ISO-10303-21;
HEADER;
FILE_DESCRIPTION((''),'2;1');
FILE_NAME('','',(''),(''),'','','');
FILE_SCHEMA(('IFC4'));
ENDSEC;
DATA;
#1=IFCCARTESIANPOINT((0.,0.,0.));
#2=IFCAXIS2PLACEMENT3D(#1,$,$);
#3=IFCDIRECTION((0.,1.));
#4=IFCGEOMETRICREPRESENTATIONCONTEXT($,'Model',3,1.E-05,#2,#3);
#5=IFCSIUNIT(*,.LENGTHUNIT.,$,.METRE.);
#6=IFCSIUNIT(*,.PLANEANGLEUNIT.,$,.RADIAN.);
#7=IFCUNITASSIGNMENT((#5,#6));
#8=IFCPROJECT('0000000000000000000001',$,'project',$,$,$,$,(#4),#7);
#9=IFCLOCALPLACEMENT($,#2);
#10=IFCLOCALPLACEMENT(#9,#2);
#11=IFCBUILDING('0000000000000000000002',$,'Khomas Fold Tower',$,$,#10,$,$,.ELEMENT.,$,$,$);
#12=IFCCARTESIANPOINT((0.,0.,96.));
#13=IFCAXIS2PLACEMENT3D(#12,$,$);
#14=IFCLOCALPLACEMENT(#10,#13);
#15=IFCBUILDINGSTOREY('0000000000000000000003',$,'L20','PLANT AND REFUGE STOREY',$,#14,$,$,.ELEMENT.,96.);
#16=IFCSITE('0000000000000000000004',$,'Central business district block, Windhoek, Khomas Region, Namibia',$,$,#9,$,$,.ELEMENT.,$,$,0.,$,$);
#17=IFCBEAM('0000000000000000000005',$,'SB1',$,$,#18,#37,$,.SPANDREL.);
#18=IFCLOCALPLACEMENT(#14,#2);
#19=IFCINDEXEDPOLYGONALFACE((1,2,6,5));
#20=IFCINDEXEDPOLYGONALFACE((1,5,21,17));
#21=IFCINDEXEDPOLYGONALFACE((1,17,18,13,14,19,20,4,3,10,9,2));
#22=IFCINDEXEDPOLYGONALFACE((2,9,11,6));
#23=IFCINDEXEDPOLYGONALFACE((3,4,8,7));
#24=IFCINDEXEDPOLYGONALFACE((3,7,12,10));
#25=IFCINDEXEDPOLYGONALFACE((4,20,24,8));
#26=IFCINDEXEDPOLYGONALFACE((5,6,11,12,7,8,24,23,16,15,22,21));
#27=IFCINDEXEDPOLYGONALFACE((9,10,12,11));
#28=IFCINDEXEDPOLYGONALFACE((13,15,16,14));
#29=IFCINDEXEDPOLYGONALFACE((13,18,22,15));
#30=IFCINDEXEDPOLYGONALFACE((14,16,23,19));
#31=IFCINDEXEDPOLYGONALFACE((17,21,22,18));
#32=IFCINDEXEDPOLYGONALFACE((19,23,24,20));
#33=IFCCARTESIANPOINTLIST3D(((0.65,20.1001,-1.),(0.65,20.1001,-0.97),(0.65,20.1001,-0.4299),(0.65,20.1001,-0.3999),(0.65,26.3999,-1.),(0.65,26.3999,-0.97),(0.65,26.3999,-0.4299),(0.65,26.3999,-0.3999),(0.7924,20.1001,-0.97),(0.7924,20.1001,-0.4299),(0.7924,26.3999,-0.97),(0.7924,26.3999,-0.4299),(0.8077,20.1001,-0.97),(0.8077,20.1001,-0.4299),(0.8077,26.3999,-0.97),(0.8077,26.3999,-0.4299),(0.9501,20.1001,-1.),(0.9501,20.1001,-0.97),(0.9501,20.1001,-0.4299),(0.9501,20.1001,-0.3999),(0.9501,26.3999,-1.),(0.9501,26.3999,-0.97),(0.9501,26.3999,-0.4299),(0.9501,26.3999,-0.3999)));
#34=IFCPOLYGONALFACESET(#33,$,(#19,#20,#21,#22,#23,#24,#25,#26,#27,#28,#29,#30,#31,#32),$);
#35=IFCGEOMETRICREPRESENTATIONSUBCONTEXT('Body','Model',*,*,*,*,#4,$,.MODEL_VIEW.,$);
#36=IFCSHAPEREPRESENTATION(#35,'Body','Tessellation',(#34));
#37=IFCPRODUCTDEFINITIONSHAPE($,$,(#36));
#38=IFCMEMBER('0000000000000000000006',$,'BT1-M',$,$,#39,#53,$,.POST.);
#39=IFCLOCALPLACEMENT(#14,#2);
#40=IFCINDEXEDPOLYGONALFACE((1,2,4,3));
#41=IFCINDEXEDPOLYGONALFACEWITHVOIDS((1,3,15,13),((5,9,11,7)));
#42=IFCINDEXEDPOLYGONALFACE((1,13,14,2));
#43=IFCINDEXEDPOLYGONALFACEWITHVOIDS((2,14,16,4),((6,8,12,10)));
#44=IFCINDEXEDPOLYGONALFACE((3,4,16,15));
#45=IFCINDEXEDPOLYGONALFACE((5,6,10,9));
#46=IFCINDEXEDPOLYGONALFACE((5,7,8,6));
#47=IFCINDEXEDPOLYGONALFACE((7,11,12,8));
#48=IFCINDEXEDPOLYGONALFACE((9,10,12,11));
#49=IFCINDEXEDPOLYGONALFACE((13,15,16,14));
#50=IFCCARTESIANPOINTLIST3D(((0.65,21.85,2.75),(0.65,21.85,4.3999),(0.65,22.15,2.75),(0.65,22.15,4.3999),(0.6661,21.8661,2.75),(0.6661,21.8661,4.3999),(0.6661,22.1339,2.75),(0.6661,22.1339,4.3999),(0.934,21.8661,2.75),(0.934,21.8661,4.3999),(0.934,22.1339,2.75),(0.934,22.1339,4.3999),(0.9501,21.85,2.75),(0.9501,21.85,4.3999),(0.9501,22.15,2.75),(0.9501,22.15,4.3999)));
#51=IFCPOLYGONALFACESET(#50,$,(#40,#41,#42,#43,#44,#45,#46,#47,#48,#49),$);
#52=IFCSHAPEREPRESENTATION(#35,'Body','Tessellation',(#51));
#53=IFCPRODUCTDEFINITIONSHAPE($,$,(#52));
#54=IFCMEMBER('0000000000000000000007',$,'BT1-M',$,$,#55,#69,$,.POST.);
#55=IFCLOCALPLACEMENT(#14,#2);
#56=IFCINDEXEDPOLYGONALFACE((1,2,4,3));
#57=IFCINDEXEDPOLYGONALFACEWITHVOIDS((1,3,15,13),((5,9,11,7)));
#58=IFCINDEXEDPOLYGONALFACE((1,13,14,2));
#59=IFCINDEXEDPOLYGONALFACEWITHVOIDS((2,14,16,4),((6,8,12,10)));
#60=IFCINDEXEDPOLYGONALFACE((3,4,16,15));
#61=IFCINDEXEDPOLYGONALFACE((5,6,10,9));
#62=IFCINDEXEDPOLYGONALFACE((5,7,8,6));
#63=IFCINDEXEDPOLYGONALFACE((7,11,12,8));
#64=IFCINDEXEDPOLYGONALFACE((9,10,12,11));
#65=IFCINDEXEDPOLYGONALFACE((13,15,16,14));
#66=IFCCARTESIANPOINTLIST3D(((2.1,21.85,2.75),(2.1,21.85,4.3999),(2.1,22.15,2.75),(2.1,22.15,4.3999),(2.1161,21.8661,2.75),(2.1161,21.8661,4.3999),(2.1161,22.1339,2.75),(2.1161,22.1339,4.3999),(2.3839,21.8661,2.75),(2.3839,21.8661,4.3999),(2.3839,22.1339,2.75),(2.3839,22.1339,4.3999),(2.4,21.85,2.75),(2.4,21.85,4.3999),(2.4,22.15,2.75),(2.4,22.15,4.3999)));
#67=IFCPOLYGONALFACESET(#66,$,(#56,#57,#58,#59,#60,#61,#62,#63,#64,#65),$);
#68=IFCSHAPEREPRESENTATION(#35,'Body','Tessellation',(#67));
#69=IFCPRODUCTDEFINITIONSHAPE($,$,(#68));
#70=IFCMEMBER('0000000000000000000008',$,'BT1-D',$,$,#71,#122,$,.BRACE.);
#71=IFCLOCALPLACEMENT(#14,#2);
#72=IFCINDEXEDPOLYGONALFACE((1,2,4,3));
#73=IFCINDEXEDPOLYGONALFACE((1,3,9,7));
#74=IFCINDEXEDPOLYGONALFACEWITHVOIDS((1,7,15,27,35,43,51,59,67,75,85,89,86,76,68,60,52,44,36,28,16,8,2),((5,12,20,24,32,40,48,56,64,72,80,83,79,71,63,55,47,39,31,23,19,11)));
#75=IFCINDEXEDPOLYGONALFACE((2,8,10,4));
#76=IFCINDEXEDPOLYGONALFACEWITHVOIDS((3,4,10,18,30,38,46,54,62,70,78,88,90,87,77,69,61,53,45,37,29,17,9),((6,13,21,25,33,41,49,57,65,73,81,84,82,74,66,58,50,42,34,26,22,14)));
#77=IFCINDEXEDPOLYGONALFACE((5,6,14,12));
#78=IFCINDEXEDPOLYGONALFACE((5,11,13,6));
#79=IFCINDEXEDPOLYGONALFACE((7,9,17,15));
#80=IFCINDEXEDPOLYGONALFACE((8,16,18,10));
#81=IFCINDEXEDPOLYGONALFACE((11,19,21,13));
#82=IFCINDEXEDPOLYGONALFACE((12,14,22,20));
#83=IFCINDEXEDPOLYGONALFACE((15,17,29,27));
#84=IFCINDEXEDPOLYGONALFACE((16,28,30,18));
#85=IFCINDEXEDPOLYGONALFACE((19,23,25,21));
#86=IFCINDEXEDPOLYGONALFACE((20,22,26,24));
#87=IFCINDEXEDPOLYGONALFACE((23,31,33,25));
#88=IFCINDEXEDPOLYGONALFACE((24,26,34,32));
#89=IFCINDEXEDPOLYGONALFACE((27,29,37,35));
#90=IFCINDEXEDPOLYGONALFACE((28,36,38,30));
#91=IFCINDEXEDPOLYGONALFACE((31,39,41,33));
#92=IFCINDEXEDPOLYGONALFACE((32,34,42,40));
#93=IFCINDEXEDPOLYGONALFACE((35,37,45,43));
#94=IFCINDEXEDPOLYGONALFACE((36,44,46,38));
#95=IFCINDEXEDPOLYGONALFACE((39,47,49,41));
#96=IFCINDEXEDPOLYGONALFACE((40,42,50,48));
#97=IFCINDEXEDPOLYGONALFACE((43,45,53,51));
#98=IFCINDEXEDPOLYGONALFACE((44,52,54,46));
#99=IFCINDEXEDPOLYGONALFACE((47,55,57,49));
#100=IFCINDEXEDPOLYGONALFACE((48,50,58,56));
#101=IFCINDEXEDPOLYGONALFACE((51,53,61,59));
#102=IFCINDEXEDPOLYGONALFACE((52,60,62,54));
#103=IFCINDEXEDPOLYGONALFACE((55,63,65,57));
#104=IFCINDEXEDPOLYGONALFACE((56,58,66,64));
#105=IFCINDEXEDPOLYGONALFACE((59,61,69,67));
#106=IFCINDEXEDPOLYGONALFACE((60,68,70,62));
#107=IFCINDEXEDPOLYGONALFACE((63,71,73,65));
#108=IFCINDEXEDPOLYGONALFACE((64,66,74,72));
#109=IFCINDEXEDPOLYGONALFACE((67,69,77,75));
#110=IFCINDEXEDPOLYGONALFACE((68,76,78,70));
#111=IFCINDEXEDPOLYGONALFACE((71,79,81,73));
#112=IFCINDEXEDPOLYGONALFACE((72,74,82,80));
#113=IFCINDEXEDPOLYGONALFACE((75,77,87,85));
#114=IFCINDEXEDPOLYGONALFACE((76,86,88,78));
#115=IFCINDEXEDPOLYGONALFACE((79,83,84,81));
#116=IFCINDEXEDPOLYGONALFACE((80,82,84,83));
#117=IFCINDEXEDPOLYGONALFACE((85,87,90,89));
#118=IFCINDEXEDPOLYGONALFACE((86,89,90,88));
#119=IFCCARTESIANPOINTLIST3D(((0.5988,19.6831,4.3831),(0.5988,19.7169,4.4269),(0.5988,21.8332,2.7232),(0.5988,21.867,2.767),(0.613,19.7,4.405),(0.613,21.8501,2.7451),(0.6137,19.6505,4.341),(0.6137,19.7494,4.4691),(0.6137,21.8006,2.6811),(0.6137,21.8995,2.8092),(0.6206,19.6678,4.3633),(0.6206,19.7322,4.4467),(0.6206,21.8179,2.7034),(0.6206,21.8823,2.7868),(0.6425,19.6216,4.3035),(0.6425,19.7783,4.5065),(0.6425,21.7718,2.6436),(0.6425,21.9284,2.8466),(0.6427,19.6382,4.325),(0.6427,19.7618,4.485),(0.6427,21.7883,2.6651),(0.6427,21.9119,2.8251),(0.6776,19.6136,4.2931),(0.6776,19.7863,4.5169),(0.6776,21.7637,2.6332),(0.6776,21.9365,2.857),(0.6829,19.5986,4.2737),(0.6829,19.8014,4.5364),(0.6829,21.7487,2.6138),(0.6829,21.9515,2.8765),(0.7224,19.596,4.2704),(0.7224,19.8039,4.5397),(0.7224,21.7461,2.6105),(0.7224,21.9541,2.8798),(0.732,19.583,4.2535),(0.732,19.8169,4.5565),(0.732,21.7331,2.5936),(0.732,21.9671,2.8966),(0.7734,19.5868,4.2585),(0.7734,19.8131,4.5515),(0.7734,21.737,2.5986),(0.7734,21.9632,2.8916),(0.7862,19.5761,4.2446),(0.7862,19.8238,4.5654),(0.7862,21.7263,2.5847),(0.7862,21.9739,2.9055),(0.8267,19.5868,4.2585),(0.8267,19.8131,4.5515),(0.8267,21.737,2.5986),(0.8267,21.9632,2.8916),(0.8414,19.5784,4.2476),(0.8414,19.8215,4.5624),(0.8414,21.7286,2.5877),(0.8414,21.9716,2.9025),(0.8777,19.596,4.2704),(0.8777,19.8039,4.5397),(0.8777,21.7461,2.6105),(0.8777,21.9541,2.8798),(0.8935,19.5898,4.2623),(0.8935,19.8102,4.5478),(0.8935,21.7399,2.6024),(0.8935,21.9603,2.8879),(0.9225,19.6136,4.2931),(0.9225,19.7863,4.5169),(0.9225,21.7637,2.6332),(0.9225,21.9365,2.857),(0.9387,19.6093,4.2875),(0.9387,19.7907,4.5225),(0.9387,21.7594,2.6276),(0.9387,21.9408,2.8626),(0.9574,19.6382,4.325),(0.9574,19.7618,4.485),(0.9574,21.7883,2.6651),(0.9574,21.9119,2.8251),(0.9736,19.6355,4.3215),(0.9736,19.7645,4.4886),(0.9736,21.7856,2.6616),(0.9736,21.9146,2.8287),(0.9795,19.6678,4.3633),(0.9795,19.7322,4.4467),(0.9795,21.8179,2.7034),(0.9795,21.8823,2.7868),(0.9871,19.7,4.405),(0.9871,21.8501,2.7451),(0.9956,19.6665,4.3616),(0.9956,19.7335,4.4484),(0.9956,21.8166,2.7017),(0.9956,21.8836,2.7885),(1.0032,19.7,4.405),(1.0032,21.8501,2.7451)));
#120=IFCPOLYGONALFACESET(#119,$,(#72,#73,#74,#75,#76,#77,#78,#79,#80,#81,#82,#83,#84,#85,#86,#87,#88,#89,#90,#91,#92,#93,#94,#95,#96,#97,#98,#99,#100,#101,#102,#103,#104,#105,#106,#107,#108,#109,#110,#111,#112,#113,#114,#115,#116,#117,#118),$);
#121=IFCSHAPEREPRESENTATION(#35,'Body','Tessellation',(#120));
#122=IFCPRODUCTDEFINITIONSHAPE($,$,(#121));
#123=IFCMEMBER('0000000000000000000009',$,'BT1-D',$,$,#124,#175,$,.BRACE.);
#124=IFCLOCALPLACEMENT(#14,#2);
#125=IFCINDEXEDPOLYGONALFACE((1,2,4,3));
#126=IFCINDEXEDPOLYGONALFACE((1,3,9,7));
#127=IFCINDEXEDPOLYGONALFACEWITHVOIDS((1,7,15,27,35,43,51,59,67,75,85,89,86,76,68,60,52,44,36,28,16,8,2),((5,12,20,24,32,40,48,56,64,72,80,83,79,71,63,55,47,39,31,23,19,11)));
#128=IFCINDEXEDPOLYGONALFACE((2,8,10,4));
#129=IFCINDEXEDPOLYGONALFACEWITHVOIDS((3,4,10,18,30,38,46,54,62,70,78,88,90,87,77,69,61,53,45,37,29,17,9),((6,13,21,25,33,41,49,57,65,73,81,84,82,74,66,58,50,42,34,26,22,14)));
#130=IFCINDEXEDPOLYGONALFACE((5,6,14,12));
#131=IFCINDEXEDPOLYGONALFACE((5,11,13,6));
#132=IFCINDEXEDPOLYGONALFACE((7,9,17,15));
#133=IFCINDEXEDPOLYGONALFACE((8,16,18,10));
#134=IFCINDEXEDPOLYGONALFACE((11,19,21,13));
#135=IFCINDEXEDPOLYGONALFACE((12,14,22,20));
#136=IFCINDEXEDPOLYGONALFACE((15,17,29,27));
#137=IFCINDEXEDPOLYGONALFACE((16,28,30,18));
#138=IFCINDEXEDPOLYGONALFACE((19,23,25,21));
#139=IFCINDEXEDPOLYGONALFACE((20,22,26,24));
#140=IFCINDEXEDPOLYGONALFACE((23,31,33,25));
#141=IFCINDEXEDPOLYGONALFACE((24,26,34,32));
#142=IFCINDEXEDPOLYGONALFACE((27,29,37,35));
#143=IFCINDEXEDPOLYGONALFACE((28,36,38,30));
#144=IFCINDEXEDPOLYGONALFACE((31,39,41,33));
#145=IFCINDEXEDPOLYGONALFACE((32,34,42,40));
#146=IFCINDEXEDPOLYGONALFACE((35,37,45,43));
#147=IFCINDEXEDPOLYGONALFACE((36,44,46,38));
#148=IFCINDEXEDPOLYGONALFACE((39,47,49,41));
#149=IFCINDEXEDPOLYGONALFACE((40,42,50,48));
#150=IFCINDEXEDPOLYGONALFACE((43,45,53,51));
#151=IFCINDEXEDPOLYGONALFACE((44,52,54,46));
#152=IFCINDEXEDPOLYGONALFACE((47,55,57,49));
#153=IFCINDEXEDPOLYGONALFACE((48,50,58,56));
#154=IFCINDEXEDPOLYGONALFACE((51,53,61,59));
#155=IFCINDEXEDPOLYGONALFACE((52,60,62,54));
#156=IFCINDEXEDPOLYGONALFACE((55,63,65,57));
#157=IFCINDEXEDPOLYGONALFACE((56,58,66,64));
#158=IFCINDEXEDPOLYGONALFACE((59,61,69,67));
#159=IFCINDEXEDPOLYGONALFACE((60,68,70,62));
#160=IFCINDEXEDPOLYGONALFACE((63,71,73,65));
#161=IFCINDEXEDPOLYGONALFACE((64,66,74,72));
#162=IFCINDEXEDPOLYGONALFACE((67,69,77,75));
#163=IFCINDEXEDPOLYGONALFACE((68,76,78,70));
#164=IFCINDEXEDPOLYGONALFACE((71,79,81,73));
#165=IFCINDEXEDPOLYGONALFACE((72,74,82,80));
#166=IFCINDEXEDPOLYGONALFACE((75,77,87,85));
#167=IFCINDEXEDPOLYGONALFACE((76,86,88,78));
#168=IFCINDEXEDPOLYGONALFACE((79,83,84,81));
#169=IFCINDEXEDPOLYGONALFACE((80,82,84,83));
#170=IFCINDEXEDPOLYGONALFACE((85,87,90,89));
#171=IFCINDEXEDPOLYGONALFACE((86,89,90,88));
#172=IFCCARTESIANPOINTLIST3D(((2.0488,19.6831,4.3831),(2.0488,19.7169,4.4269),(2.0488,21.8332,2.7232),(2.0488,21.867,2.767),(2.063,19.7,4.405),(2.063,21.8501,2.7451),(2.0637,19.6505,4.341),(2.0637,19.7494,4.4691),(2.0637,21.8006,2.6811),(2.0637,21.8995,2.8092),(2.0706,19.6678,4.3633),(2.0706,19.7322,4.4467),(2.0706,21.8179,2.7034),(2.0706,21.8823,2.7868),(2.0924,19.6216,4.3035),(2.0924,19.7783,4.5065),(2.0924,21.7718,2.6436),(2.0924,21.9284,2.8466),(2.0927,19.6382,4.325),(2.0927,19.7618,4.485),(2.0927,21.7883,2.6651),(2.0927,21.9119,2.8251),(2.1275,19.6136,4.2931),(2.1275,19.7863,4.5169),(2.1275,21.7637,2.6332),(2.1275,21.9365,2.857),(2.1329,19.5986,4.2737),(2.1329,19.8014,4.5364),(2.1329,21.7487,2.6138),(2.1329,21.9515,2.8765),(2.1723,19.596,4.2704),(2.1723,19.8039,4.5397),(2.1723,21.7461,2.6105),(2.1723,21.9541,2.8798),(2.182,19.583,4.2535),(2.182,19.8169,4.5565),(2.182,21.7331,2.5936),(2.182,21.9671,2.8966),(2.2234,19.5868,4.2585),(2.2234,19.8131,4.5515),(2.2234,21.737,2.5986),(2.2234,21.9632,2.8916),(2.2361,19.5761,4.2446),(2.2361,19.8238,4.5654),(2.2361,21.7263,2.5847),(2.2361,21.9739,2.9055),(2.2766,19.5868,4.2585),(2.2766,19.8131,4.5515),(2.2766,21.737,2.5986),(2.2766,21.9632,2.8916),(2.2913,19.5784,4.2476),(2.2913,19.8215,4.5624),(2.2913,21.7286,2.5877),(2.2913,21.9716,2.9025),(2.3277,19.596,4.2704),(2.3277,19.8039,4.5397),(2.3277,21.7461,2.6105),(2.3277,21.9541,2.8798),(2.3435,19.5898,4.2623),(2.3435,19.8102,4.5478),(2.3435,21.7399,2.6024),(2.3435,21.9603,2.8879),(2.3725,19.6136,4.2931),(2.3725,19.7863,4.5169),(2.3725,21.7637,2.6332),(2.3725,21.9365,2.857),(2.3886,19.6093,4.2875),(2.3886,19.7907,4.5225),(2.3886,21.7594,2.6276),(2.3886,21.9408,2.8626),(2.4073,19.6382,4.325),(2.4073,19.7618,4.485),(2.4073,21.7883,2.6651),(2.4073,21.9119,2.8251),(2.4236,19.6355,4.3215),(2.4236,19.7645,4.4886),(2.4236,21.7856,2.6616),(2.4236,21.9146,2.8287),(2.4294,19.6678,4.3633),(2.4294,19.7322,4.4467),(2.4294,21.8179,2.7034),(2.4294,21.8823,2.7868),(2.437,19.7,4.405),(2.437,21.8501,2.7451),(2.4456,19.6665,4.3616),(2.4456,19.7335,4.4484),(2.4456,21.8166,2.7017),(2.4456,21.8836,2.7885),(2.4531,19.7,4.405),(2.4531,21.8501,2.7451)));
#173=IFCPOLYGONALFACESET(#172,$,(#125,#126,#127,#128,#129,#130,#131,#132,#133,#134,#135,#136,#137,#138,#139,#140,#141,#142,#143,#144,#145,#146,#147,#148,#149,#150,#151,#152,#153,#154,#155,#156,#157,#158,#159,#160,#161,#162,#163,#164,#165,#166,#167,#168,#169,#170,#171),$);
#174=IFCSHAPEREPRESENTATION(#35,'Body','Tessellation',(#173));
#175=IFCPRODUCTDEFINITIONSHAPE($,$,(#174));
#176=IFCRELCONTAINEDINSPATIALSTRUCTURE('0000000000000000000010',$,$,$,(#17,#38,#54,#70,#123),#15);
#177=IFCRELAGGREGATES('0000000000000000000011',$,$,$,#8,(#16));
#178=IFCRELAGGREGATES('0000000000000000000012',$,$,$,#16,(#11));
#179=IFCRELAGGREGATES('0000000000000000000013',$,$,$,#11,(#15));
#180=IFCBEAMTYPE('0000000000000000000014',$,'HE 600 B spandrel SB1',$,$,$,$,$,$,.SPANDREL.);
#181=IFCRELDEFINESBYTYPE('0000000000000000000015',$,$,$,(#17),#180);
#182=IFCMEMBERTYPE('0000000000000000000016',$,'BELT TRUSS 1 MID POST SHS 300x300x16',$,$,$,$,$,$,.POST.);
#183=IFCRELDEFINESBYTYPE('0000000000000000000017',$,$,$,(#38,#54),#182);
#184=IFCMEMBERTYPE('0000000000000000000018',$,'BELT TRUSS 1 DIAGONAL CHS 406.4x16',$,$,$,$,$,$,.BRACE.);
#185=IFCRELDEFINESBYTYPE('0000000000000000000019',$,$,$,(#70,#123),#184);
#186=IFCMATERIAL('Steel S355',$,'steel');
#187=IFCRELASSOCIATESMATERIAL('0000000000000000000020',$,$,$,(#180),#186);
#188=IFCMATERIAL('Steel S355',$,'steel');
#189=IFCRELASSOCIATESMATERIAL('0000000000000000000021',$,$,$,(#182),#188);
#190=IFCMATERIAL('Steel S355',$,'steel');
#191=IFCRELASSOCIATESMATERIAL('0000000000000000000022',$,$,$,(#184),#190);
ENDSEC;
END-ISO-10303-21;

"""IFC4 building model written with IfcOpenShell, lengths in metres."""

from ifc_helpers import new_model, si_unit, direction, frame, origin, origin_2d, place, context, subcontext, project, spatial, hollow_rectangle, hollow_circle, i_section, extrude, source, transform, mapped, material, material_profile, profile_set, type_object, element, save


model = new_model("IFC4")

# Units and contexts
model_context = context("Model", 3, precision=1e-05, world=origin(), true_north=direction((0.0, 1.0)))
body_context = subcontext(model_context, "Body", "Model", "MODEL_VIEW")
ifc_project = project(units=[si_unit("LENGTHUNIT", "METRE"), si_unit("PLANEANGLEUNIT", "RADIAN")], contexts=[model_context])

# Site, building, storey
site_placement = place(None, origin())
site = spatial("IfcSite", under=ifc_project, at=site_placement, Name="Central business district block, Windhoek, Khomas Region, Namibia", CompositionType="ELEMENT", RefElevation=0.0)
building_placement = place(site_placement, origin())
building = spatial("IfcBuilding", under=site, at=building_placement, Name="Khomas Fold Tower", CompositionType="ELEMENT")
storey_placement = place(building_placement, frame((0.0, 0.0, 96.0)))
storey = spatial("IfcBuildingStorey", under=building, at=storey_placement, Name="L20", Description="PLANT AND REFUGE STOREY", CompositionType="ELEMENT", Elevation=96.0)

# Beam
ifc_material_1 = material(Name="Steel S355", Category="steel")
ifc_material_profile_1 = material_profile(ifc_material_1, i_section(OverallWidth=0.3, OverallDepth=0.6001, WebThickness=0.0154, FlangeThickness=0.03, at=origin_2d()), Name="HE 600 B")
ifc_profile_set_1 = profile_set([ifc_material_profile_1], Name="Steel S355")
beam_type = type_object("IfcBeamType", Name="HE 600 B spandrel SB1", PredefinedType="SPANDREL", material=ifc_profile_set_1)
shared_shape_1 = source(origin(), body_context, "Body", "SweptSolid", [
    extrude(i_section(OverallWidth=0.3, OverallDepth=0.6001, WebThickness=0.0154, FlangeThickness=0.03, at=origin_2d()), origin(), (0.0, 0.0, 1.0), 6.2998),
])
beam_placement = place(storey_placement, frame((0.8, 20.1001, -0.7), z_axis=(0.0, 1.0, 0.0), x_axis=(-1.0, 0.0, 0.0)))
element("IfcBeam", 1, at=beam_placement, inside=storey, type_object=beam_type, Name="SB1", PredefinedType="SPANDREL", context=body_context, shape_type="MappedRepresentation", body=[
    mapped(shared_shape_1, transform((0.0, 0.0, 0.0))),
])

# Members
ifc_material_2 = material(Name="Steel S355", Category="steel")
ifc_material_profile_2 = material_profile(ifc_material_2, hollow_rectangle(XDim=0.3, YDim=0.3, WallThickness=0.0161, at=origin_2d()), Name="SHS 300x300x16")
ifc_profile_set_2 = profile_set([ifc_material_profile_2], Name="Steel S355")
member_type_1 = type_object("IfcMemberType", Name="BELT TRUSS 1 MID POST SHS 300x300x16", PredefinedType="POST", material=ifc_profile_set_2)
shared_shape_2 = source(origin(), body_context, "Body", "SweptSolid", [
    extrude(hollow_rectangle(XDim=0.3, YDim=0.3, WallThickness=0.0161, at=origin_2d()), origin(), (0.0, 0.0, 1.0), 1.6499),
])
for number, where, z_axis, x_axis, name in (
    (2, (0.8, 22.0, 2.75), (0.0, 0.0, 1.0), (1.0, 0.0, 0.0), "BT1-M"),
    (3, (2.25, 22.0, 2.75), (0.0, 0.0, 1.0), (1.0, 0.0, 0.0), "BT1-M"),
):
    element("IfcMember", number, at=place(storey_placement, frame(where, z_axis=z_axis, x_axis=x_axis)), inside=storey, type_object=member_type_1, Name=name, PredefinedType="POST", context=body_context, shape_type="MappedRepresentation", body=[
        mapped(shared_shape_2, transform((0.0, 0.0, 0.0))),
    ])
ifc_material_3 = material(Name="Steel S355", Category="steel")
ifc_material_profile_3 = material_profile(ifc_material_3, hollow_circle(Radius=0.2031, WallThickness=0.0161, at=origin_2d()), Name="CHS 406.4x16")
ifc_profile_set_3 = profile_set([ifc_material_profile_3], Name="Steel S355")
member_type_2 = type_object("IfcMemberType", Name="BELT TRUSS 1 DIAGONAL CHS 406.4x16", PredefinedType="BRACE", material=ifc_profile_set_3)
shared_shape_3 = source(origin(), body_context, "Body", "SweptSolid", [
    extrude(hollow_circle(Radius=0.2031, WallThickness=0.0161, at=origin_2d()), origin(), (0.0, 0.0, 1.0), 2.7163),
])
for number, where, z_axis, x_axis, name in (
    (4, (0.8, 21.8501, 2.7451), (0.0, -0.791564, 0.611087), (1.0, 0.0, 0.0), "BT1-D"),
    (5, (2.25, 21.8501, 2.7451), (0.0, -0.791564, 0.611087), (1.0, 0.0, 0.0), "BT1-D"),
):
    element("IfcMember", number, at=place(storey_placement, frame(where, z_axis=z_axis, x_axis=x_axis)), inside=storey, type_object=member_type_2, Name=name, PredefinedType="BRACE", context=body_context, shape_type="MappedRepresentation", body=[
        mapped(shared_shape_3, transform((0.0, 0.0, 0.0))),
    ])

save(model, "model.ifc")
